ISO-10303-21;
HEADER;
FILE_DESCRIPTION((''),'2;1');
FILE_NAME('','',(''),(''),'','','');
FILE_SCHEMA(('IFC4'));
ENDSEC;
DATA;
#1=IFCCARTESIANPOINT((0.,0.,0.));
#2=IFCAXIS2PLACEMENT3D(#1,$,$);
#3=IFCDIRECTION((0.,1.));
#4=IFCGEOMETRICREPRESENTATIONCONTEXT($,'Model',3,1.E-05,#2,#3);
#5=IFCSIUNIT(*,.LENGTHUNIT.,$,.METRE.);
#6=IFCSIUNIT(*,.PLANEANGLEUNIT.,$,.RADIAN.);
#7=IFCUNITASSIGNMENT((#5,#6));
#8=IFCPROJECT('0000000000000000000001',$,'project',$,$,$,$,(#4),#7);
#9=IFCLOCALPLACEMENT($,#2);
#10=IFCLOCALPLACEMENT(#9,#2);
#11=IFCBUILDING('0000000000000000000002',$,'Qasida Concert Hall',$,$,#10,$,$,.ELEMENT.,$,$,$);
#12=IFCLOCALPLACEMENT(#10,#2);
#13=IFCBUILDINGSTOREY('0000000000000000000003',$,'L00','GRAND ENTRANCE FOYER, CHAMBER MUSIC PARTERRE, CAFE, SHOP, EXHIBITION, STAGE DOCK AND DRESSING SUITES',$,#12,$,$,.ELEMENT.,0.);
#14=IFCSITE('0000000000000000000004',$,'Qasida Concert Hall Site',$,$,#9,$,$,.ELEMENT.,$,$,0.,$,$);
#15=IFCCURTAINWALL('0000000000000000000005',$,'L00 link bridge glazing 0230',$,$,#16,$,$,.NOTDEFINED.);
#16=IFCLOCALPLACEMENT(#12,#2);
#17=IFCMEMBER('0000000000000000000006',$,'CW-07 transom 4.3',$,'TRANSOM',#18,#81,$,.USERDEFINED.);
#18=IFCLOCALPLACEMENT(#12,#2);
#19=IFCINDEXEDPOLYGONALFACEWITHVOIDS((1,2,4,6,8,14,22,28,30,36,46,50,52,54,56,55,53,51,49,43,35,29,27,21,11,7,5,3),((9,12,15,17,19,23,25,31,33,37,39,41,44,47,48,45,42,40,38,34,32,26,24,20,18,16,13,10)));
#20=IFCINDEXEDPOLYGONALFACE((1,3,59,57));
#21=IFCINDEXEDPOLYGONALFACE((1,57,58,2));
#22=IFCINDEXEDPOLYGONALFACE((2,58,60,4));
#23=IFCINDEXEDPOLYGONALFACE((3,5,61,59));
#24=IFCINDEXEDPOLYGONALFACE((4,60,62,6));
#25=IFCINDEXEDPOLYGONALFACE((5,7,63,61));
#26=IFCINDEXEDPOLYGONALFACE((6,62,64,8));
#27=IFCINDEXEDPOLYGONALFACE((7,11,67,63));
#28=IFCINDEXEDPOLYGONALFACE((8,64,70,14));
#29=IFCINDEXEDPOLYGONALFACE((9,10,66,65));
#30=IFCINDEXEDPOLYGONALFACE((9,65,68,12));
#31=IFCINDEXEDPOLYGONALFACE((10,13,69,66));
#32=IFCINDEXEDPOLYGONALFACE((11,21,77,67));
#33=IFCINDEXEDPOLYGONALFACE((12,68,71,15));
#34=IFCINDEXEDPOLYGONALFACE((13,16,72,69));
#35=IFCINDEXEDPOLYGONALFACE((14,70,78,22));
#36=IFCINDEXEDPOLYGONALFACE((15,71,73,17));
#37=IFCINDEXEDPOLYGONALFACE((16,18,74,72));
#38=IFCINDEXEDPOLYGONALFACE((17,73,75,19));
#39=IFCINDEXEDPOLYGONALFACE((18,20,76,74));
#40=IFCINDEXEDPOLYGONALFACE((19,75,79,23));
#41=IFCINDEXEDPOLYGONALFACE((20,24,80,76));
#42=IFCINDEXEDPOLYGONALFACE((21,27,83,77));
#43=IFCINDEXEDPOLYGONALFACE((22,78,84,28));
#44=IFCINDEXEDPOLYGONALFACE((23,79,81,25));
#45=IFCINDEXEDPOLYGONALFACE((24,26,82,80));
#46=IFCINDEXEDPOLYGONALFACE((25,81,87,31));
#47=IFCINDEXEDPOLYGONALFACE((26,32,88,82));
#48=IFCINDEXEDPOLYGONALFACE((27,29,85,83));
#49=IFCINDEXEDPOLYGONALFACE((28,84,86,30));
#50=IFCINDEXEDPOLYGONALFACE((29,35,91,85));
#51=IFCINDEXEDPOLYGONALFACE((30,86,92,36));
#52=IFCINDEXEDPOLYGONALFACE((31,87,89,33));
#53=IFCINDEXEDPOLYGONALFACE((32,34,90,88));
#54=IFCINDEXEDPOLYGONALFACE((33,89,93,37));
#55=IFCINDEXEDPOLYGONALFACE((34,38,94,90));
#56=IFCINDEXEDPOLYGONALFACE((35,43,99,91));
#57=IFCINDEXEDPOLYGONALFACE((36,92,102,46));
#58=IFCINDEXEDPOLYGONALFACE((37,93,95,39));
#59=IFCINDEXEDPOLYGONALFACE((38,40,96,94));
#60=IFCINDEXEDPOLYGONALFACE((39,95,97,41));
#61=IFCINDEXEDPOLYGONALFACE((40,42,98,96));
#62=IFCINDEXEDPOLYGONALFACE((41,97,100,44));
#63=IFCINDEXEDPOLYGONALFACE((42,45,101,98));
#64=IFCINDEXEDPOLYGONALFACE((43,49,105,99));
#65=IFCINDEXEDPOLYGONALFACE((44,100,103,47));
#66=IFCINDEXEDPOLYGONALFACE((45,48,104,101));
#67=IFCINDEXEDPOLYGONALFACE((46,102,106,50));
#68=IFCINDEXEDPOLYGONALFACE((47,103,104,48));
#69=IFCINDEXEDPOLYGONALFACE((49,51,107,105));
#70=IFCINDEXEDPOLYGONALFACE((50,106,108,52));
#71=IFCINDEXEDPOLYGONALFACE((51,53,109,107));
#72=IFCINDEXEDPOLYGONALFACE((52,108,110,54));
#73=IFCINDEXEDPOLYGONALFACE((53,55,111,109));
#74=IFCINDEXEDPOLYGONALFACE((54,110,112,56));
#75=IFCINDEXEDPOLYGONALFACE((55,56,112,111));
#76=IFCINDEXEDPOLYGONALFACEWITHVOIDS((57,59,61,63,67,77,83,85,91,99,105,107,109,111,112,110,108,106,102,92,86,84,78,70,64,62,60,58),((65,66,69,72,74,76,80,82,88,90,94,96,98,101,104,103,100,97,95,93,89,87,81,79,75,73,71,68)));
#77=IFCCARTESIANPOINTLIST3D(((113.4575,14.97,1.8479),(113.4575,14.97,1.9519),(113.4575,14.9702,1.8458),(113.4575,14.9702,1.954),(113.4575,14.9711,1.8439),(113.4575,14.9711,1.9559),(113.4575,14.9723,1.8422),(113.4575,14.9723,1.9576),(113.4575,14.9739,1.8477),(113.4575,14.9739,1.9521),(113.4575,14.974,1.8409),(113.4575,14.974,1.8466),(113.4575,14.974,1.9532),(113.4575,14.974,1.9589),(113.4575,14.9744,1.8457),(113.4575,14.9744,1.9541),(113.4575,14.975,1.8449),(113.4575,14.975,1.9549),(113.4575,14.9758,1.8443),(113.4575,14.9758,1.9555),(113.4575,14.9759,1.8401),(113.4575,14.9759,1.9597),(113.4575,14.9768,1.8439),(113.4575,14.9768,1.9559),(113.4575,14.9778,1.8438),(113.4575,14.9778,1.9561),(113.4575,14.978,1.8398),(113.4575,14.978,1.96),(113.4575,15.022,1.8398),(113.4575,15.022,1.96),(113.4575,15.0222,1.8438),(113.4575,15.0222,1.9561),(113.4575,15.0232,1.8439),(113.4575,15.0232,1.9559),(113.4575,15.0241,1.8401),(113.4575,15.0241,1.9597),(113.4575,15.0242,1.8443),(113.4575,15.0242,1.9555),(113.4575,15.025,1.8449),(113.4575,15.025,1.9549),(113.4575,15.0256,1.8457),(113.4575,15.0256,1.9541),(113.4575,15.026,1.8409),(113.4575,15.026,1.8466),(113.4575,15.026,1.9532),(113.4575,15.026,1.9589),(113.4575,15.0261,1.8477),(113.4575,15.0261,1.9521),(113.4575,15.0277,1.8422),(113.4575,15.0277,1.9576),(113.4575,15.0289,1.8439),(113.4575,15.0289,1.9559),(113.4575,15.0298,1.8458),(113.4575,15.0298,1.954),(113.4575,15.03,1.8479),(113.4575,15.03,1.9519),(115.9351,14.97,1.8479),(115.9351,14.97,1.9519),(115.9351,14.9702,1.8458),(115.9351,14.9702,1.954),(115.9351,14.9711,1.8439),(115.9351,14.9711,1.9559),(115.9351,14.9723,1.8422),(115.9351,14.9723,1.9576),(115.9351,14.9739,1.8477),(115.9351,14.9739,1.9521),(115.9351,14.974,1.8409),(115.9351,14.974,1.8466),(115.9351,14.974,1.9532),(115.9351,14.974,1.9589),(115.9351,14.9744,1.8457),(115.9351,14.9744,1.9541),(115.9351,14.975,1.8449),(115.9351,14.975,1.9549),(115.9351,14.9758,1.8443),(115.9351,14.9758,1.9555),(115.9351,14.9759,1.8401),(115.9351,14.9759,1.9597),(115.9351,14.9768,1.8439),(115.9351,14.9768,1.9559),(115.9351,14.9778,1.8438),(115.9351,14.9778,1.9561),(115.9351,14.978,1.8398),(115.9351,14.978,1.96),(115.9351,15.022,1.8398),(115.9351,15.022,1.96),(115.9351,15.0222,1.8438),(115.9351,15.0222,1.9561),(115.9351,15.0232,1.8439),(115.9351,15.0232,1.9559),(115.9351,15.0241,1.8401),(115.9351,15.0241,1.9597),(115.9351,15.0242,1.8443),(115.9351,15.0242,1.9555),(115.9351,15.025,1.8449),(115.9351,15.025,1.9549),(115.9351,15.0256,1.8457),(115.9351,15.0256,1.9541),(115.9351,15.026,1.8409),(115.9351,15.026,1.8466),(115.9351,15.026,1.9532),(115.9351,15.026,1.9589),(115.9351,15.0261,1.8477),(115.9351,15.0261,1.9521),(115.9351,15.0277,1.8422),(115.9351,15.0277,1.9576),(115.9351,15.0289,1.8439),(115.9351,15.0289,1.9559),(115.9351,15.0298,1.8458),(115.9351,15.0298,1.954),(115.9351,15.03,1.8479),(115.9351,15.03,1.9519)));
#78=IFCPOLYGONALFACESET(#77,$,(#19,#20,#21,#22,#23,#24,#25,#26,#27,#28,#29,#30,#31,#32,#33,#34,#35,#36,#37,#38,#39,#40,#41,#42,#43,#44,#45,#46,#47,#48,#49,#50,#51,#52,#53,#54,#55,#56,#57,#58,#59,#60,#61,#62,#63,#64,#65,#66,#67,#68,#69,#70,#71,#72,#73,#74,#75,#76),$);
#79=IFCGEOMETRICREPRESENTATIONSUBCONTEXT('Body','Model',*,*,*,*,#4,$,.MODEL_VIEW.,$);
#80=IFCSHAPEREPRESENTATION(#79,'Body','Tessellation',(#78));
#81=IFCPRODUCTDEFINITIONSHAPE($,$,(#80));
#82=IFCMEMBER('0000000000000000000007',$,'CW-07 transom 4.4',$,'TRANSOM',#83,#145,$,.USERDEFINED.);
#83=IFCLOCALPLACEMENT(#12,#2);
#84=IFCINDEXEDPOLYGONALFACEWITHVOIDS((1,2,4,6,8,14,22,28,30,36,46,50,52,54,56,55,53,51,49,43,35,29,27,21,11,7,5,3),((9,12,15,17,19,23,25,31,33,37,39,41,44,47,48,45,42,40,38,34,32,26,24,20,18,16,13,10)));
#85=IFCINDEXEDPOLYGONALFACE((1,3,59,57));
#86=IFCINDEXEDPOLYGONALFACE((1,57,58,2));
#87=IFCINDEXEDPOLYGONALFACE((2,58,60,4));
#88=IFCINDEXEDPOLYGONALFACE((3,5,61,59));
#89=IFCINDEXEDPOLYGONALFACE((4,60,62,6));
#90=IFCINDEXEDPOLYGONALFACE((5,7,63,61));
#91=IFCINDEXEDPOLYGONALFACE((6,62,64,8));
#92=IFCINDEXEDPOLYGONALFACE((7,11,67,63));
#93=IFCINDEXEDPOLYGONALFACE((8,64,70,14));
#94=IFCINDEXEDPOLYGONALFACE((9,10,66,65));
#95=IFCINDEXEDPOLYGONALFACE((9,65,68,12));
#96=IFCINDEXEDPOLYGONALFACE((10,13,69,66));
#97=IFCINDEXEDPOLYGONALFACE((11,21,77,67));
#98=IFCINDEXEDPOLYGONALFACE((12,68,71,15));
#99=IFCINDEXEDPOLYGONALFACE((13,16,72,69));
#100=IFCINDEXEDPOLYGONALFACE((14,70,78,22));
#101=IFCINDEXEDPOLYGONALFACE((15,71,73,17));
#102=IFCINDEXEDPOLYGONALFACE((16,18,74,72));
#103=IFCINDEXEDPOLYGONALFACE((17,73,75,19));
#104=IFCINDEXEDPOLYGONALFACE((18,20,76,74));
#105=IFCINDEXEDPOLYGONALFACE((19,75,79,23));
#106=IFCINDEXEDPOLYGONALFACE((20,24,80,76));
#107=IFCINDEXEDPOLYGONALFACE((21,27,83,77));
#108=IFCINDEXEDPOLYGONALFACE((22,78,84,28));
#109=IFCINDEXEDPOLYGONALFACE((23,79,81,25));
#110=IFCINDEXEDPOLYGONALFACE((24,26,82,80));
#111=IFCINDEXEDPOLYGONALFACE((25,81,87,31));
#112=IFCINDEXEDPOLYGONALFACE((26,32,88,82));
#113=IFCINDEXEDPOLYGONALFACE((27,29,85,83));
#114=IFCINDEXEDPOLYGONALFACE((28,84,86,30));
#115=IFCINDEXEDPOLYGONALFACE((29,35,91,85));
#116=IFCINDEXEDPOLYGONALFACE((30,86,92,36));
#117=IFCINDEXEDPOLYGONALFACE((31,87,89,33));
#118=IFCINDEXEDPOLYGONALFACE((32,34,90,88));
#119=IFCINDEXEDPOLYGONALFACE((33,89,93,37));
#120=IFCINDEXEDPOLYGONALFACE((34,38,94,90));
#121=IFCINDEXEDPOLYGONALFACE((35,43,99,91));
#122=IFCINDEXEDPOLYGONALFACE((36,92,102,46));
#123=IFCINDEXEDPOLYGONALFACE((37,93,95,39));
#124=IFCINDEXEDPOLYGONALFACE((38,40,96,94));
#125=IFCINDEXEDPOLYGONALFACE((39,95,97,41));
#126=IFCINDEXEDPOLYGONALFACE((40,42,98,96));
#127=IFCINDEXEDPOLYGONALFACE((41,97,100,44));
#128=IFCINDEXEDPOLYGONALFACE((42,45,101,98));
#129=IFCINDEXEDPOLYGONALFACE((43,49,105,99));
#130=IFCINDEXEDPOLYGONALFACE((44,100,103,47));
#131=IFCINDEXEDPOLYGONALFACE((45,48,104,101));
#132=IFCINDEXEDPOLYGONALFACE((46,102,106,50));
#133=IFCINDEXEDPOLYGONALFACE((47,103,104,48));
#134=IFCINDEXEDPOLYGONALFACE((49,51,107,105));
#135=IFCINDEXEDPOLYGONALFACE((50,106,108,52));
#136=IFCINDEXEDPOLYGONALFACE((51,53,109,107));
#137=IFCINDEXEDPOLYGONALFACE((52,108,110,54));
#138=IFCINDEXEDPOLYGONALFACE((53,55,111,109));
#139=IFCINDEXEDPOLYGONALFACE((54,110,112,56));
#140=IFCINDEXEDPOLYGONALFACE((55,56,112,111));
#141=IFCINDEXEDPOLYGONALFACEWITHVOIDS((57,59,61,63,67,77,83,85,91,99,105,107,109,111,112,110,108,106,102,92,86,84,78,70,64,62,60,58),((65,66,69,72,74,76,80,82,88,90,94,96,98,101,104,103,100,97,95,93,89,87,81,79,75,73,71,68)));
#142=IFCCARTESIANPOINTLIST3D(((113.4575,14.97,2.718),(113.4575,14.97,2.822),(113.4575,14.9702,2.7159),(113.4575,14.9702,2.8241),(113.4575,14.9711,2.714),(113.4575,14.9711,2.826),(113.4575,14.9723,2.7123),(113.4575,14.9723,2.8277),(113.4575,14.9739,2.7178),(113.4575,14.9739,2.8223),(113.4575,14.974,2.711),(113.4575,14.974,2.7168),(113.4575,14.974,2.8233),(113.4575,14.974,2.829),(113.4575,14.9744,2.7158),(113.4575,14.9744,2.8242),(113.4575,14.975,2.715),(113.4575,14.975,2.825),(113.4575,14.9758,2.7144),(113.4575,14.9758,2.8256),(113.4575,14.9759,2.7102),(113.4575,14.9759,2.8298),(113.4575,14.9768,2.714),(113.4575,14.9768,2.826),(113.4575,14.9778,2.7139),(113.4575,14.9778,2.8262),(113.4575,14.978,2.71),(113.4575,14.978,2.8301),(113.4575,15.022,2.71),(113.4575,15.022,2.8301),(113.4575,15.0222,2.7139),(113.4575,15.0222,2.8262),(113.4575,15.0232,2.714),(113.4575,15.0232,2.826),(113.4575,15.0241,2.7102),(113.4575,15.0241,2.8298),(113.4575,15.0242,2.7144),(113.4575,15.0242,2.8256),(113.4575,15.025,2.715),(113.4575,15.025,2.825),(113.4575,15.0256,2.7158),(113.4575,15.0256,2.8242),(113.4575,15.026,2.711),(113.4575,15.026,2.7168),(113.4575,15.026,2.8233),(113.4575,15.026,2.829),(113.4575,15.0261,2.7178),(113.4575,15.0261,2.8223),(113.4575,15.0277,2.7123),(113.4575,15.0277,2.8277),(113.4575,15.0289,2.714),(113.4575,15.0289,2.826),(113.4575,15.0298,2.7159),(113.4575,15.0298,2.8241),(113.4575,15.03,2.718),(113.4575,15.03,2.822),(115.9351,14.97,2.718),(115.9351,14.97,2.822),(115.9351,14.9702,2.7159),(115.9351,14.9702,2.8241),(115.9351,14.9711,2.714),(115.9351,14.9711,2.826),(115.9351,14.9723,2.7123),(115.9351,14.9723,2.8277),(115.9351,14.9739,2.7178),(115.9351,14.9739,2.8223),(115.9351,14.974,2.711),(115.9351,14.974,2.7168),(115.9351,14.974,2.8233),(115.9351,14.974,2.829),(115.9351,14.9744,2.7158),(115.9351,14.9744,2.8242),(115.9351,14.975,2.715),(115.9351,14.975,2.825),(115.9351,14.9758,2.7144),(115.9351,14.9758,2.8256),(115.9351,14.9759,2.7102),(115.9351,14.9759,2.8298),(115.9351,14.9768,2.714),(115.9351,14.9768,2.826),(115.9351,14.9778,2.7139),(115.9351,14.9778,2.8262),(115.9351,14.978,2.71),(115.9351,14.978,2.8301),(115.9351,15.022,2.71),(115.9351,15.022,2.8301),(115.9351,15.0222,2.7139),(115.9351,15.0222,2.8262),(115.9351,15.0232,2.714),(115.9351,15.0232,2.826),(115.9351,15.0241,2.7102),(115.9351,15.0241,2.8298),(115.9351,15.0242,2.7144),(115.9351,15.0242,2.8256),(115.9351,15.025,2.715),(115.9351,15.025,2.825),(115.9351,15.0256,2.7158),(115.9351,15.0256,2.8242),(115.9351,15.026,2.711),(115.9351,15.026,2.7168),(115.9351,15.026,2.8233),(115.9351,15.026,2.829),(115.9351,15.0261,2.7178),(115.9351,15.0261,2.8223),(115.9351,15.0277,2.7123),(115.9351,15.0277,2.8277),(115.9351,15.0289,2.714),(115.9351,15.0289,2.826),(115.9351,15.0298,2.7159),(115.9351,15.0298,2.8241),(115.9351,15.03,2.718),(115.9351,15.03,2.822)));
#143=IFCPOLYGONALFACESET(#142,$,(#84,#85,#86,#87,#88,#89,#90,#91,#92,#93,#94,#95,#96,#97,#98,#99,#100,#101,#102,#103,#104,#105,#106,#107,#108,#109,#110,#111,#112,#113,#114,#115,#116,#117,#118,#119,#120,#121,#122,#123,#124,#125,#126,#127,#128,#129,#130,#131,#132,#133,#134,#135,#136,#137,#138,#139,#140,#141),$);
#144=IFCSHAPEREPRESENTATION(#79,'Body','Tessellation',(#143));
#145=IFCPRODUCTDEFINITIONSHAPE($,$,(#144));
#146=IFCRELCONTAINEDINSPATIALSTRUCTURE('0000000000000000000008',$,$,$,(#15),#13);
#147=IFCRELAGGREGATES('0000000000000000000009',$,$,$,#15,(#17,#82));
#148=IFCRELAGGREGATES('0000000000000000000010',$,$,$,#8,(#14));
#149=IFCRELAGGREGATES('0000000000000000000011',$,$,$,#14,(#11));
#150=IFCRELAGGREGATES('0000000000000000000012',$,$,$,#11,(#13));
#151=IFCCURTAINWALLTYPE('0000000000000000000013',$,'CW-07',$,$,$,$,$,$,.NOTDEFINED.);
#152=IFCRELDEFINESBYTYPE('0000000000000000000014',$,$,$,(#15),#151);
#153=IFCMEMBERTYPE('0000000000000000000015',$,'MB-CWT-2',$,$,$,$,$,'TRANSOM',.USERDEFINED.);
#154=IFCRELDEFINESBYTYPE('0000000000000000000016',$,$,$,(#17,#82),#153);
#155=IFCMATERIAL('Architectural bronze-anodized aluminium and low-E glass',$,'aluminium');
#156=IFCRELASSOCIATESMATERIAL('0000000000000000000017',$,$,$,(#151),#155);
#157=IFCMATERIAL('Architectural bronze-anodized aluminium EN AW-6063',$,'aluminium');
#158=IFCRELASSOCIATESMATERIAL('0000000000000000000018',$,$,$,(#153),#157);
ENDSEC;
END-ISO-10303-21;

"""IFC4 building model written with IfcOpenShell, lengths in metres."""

from ifc_helpers import new_model, si_unit, direction, frame, origin, origin_2d, place, context, subcontext, project, spatial, hollow_rectangle, extrude, material, material_profile, profile_set, type_object, element, aggregate, save


model = new_model("IFC4")

# Units and contexts
model_context = context("Model", 3, precision=1e-05, world=origin(), true_north=direction((0.0, 1.0)))
body_context = subcontext(model_context, "Body", "Model", "MODEL_VIEW")
ifc_project = project(units=[si_unit("LENGTHUNIT", "METRE"), si_unit("PLANEANGLEUNIT", "RADIAN")], contexts=[model_context])

# Site, building, storey
site_placement = place(None, origin())
site = spatial("IfcSite", under=ifc_project, at=site_placement, Name="Qasida Concert Hall Site", CompositionType="ELEMENT", RefElevation=0.0)
building_placement = place(site_placement, origin())
building = spatial("IfcBuilding", under=site, at=building_placement, Name="Qasida Concert Hall", CompositionType="ELEMENT")
storey_placement = place(building_placement, origin())
storey = spatial("IfcBuildingStorey", under=building, at=storey_placement, Name="L00", Description="GRAND ENTRANCE FOYER, CHAMBER MUSIC PARTERRE, CAFE, SHOP, EXHIBITION, STAGE DOCK AND DRESSING SUITES", CompositionType="ELEMENT", Elevation=0.0)

# Curtain wall
ifc_material_1 = material(Name="Architectural bronze-anodized aluminium and low-E glass", Category="aluminium")
curtain_wall_type = type_object("IfcCurtainWallType", Name="CW-07", PredefinedType="NOTDEFINED", material=ifc_material_1)
curtain_wall_1_placement = place(storey_placement, origin())
curtain_wall_1 = element("IfcCurtainWall", 1, at=curtain_wall_1_placement, inside=storey, type_object=curtain_wall_type, Name="L00 link bridge glazing 0230", PredefinedType="NOTDEFINED")
ifc_material_2 = material(Name="Architectural bronze-anodized aluminium EN AW-6063", Category="aluminium")

# Members
ifc_material_profile_1 = material_profile(ifc_material_2, hollow_rectangle(XDim=0.0601, YDim=0.1201, WallThickness=0.0039, InnerFilletRadius=0.0039, OuterFilletRadius=0.0081, at=origin_2d()), Name="CWT 120x60x4")
ifc_profile_set_1 = profile_set([ifc_material_profile_1], Name="Architectural bronze-anodized aluminium EN AW-6063")
member_type_1 = type_object("IfcMemberType", Name="MB-CWT-2", ElementType="TRANSOM", PredefinedType="USERDEFINED", material=ifc_profile_set_1)
member_1_placement = place(storey_placement, frame((113.4575, 15.0, 1.8999), z_axis=(1.0, 0.0, 0.0), x_axis=(0.0, 1.0, 0.0)))
member_1 = element("IfcMember", 2, at=member_1_placement, type_object=member_type_1, Name="CW-07 transom 4.3", ObjectType="TRANSOM", PredefinedType="USERDEFINED", context=body_context, shape_type="SweptSolid", body=[
    extrude(hollow_rectangle(XDim=0.0601, YDim=0.1201, WallThickness=0.0039, InnerFilletRadius=0.0039, OuterFilletRadius=0.0081, at=origin_2d()), origin(), (0.0, 0.0, 1.0), 2.4775),
])
member_2_placement = place(storey_placement, frame((113.4575, 15.0, 2.77), z_axis=(1.0, 0.0, 0.0), x_axis=(0.0, 1.0, 0.0)))
member_2 = element("IfcMember", 3, at=member_2_placement, type_object=member_type_1, Name="CW-07 transom 4.4", ObjectType="TRANSOM", PredefinedType="USERDEFINED", context=body_context, shape_type="SweptSolid", body=[
    extrude(hollow_rectangle(XDim=0.0601, YDim=0.1201, WallThickness=0.0039, InnerFilletRadius=0.0039, OuterFilletRadius=0.0081, at=origin_2d()), origin(), (0.0, 0.0, 1.0), 2.4775),
])

aggregate(curtain_wall_1, [member_1, member_2])

save(model, "model.ifc")
